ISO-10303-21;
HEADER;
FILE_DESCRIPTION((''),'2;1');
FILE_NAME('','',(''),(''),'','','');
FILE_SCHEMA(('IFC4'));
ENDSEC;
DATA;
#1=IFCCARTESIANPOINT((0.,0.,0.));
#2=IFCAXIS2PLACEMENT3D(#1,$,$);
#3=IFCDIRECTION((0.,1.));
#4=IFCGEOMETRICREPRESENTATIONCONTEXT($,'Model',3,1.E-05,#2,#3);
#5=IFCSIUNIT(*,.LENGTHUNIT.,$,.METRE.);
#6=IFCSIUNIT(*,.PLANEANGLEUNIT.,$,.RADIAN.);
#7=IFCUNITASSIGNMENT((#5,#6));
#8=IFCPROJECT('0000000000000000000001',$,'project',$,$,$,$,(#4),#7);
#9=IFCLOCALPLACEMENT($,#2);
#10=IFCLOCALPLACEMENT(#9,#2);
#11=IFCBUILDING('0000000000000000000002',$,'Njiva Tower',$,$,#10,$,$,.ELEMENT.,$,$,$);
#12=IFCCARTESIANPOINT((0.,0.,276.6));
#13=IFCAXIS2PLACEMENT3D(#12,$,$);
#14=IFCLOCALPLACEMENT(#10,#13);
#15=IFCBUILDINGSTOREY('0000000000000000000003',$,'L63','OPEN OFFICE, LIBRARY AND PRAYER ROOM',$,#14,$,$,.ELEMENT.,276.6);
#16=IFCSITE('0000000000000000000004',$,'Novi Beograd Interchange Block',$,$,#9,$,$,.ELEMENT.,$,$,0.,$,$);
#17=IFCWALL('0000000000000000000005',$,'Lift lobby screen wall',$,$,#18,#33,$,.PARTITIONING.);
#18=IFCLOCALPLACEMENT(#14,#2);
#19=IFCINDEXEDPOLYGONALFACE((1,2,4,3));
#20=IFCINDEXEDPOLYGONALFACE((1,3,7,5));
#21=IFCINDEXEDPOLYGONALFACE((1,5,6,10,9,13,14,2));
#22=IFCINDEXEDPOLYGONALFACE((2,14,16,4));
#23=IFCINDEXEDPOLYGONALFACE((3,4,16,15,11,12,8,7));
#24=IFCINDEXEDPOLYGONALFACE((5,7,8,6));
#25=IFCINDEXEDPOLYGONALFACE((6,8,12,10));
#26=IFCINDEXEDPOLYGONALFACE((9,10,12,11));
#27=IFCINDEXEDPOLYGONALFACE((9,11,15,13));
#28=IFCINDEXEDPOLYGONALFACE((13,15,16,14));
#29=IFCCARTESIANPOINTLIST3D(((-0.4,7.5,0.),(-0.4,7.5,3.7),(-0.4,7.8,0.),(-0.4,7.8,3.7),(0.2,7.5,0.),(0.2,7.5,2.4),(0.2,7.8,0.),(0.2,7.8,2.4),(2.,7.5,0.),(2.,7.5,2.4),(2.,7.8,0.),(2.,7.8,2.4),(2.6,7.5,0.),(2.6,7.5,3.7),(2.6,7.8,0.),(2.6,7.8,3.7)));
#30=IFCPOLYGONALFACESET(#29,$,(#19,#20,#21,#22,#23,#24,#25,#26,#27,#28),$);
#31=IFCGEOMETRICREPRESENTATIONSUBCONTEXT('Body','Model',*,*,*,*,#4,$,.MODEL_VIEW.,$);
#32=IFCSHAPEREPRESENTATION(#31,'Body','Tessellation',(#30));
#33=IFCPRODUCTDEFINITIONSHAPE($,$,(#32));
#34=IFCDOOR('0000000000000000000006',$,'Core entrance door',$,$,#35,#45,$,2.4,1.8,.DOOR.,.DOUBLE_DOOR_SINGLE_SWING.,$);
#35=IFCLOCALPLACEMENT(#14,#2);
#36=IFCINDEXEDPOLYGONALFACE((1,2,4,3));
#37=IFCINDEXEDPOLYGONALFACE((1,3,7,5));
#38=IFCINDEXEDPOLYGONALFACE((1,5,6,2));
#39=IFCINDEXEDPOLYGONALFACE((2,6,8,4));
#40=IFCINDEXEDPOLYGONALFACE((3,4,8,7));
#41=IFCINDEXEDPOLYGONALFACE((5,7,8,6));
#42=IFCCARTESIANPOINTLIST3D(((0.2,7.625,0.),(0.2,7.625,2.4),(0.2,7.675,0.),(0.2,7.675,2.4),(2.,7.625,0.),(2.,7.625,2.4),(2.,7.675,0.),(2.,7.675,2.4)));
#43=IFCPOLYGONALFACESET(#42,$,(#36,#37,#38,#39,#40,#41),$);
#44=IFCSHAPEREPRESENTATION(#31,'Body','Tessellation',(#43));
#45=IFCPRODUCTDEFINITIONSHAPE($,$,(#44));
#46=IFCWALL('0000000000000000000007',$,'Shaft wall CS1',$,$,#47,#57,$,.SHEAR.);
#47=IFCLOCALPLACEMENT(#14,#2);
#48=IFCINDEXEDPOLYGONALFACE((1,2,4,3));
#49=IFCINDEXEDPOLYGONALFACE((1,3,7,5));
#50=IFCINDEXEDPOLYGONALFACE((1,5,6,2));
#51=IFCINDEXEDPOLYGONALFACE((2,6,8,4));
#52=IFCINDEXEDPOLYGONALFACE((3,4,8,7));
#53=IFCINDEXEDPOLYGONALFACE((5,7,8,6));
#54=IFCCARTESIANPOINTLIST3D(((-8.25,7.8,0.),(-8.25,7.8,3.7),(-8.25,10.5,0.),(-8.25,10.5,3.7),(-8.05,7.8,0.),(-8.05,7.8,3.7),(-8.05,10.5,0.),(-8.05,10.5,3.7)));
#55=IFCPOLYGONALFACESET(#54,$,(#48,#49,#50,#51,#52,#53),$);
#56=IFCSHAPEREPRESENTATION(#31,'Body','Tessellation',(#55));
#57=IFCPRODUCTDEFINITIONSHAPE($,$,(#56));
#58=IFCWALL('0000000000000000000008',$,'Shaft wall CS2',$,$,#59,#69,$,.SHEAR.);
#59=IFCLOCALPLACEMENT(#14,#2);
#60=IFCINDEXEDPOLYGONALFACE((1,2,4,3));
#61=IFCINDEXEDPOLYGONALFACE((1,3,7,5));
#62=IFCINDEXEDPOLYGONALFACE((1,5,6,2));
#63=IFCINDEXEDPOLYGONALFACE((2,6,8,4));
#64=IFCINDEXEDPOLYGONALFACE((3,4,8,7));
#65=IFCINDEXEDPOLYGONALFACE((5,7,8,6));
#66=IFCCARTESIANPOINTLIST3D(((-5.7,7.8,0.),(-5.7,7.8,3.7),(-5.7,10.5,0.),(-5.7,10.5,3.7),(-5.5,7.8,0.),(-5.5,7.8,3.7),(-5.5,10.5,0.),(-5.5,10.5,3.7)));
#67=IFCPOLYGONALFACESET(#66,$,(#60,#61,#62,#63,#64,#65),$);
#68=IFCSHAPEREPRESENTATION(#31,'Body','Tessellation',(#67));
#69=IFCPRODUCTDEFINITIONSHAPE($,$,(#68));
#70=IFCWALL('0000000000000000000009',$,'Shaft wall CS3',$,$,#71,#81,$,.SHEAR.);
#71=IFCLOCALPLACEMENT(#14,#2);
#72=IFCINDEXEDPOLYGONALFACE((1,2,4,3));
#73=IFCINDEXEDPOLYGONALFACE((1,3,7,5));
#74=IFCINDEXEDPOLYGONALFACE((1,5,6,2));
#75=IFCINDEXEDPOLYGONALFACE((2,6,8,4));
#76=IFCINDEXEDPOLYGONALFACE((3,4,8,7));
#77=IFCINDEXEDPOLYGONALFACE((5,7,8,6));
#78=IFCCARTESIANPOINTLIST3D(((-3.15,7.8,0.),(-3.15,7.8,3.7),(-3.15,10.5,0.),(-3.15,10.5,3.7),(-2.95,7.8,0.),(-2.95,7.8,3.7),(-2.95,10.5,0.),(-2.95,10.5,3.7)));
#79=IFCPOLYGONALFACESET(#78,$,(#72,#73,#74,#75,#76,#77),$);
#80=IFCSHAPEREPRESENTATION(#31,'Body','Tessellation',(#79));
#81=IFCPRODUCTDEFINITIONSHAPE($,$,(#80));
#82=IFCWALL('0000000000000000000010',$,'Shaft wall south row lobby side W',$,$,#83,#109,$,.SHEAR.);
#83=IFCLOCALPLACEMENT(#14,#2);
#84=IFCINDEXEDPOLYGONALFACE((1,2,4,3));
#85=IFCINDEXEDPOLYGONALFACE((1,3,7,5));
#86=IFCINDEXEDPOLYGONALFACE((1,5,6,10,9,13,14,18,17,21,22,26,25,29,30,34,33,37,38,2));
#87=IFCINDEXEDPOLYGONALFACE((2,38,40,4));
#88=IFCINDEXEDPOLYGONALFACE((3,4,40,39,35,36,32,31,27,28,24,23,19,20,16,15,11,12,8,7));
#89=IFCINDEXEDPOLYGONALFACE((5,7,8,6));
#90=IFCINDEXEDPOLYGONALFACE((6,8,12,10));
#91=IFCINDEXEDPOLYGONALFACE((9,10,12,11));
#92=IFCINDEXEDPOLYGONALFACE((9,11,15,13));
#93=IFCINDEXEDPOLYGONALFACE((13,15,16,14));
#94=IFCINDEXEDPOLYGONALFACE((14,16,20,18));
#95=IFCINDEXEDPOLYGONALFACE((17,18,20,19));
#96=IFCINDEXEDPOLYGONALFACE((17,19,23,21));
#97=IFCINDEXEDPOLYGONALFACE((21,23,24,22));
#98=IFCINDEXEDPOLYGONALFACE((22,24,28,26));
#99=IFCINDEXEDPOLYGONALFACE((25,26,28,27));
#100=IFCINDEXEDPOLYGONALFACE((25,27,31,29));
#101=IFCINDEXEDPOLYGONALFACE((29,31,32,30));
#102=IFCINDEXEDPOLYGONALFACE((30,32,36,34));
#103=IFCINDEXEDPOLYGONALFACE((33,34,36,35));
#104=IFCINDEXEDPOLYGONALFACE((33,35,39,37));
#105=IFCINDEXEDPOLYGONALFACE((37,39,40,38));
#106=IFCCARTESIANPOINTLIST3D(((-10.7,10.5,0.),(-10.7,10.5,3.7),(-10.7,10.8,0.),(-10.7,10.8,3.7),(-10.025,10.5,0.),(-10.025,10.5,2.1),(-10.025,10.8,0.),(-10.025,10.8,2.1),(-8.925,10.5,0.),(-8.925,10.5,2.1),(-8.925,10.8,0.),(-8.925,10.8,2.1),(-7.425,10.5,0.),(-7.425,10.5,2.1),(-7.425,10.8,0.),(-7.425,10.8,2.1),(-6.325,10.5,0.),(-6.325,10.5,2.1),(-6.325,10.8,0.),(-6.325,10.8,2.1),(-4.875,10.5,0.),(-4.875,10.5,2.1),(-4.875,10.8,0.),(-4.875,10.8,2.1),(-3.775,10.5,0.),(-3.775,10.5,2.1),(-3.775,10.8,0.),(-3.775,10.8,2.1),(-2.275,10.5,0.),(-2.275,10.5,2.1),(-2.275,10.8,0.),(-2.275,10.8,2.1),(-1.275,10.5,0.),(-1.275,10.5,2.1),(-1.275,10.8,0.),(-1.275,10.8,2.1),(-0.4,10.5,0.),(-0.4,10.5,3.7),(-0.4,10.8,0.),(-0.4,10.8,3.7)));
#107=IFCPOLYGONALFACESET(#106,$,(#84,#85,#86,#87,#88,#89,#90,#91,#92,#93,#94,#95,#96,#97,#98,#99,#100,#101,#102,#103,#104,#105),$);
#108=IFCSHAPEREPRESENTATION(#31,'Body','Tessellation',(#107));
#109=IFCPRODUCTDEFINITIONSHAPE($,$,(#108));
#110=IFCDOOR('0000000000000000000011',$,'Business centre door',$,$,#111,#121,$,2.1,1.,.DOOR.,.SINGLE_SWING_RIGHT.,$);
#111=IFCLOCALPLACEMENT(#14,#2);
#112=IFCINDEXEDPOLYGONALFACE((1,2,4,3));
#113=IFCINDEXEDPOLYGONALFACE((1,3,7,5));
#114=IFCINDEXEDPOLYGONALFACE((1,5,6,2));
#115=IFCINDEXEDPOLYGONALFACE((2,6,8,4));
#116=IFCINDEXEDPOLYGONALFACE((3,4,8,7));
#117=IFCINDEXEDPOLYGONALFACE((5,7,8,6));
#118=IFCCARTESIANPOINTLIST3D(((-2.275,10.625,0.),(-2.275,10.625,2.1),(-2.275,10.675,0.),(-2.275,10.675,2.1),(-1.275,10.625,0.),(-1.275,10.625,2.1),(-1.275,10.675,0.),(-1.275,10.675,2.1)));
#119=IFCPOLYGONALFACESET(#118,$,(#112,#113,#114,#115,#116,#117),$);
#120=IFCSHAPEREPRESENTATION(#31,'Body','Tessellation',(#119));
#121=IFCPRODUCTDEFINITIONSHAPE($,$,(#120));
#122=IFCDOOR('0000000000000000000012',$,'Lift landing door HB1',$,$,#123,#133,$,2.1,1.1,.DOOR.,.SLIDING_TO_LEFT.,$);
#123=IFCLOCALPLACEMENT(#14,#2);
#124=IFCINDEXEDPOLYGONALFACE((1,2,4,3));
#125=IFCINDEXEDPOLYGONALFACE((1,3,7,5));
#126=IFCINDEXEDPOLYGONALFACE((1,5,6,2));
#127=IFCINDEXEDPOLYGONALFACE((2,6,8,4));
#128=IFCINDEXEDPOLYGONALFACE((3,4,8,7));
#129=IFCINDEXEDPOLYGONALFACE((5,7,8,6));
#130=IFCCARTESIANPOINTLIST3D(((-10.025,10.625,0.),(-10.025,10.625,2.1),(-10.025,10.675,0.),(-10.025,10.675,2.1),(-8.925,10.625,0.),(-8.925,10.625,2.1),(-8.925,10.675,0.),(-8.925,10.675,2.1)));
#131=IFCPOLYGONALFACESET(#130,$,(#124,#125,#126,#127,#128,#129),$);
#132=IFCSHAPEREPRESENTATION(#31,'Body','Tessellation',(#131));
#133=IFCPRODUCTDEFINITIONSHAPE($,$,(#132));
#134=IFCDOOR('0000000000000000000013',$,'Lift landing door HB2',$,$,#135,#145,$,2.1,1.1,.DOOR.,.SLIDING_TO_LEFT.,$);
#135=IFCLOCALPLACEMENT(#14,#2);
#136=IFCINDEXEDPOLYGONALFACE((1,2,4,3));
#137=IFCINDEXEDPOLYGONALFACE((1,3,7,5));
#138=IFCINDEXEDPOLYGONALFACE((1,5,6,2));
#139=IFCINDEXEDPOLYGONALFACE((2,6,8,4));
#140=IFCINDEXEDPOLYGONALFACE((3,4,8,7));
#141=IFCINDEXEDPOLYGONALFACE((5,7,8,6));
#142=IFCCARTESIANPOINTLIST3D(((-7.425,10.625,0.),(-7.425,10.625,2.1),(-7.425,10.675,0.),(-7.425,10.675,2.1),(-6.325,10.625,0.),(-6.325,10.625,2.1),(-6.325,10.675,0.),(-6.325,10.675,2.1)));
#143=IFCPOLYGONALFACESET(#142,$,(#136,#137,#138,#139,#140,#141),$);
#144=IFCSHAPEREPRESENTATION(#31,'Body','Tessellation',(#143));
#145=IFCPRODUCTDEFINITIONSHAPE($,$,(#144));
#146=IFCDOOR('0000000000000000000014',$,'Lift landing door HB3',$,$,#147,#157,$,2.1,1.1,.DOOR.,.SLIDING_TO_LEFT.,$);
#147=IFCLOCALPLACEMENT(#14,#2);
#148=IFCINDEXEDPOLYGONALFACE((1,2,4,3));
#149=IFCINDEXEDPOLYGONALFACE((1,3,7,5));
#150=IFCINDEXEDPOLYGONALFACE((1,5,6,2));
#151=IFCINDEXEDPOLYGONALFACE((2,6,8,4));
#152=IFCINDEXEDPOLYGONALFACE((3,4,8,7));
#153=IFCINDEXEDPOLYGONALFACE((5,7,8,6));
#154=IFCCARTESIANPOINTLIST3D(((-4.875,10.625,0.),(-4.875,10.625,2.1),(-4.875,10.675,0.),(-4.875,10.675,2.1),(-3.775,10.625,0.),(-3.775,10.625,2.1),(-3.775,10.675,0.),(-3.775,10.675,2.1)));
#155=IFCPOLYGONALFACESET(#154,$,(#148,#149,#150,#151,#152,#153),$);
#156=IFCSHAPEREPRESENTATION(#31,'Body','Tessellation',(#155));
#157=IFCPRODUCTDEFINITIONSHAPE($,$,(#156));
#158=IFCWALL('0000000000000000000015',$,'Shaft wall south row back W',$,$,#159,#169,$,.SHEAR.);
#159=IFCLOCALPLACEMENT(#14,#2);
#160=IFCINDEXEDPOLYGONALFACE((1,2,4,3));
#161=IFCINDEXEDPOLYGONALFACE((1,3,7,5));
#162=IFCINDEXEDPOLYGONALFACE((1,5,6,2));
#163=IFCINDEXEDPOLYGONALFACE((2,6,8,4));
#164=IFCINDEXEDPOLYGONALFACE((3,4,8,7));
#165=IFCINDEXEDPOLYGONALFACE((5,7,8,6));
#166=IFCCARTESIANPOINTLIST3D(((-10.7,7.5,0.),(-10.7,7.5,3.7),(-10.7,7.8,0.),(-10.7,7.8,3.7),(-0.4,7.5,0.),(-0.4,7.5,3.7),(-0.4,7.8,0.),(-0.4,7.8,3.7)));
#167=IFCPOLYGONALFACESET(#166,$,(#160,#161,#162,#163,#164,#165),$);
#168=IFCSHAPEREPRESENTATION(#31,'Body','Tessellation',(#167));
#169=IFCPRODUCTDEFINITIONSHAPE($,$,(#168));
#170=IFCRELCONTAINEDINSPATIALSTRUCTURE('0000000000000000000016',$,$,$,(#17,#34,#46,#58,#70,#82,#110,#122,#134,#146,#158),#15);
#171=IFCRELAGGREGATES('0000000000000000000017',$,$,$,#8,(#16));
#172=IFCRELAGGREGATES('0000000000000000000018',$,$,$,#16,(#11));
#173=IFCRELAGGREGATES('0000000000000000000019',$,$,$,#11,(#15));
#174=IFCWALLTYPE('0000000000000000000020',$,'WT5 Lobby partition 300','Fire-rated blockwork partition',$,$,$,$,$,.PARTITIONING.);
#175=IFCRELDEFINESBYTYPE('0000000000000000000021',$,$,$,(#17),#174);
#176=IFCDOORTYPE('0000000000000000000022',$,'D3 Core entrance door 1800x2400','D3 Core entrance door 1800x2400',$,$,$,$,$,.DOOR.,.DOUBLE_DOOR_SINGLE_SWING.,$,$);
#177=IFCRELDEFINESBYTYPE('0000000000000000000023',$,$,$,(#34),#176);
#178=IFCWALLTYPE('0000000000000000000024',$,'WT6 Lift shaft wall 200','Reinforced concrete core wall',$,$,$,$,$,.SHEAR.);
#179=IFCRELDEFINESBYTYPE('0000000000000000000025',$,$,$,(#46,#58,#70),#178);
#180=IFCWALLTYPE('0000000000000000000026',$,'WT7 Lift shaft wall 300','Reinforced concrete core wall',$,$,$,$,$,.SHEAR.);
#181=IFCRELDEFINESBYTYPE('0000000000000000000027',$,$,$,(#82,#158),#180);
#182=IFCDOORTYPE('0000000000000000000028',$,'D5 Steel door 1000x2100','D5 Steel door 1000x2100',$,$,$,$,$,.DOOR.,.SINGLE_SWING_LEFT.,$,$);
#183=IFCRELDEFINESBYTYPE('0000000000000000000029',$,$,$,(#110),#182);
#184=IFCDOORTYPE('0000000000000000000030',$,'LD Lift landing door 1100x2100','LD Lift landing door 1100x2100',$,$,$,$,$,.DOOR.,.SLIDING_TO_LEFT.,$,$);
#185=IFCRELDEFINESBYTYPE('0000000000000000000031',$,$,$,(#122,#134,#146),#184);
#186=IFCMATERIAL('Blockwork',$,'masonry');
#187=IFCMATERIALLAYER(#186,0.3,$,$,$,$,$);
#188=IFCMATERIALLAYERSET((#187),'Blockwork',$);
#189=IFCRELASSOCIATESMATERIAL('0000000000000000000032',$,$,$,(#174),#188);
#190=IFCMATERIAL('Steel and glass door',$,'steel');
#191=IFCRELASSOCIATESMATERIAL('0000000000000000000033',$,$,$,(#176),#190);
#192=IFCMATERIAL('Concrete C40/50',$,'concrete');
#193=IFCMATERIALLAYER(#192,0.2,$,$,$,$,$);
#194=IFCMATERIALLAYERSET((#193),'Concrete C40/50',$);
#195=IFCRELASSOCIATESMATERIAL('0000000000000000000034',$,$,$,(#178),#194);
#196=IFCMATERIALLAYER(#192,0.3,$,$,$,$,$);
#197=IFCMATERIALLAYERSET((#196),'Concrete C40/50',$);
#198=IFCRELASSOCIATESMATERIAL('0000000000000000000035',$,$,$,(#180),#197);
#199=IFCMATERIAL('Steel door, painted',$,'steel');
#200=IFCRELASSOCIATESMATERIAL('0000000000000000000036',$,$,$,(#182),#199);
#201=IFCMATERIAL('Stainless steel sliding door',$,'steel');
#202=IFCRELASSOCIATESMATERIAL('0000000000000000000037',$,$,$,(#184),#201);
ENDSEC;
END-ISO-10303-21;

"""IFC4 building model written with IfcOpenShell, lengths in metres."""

from ifc_helpers import new_model, si_unit, direction, frame, frame_2d, origin, place, context, subcontext, project, spatial, rectangle, extrude, material, layer, layer_set, type_object, element, fill, save


model = new_model("IFC4")

# Units and contexts
model_context = context("Model", 3, precision=1e-05, world=origin(), true_north=direction((0.0, 1.0)))
body_context = subcontext(model_context, "Body", "Model", "MODEL_VIEW")
ifc_project = project(units=[si_unit("LENGTHUNIT", "METRE"), si_unit("PLANEANGLEUNIT", "RADIAN")], contexts=[model_context])

# Site, building, storey
site_placement = place(None, origin())
site = spatial("IfcSite", under=ifc_project, at=site_placement, Name="Novi Beograd Interchange Block", CompositionType="ELEMENT", RefElevation=0.0)
building_placement = place(site_placement, origin())
building = spatial("IfcBuilding", under=site, at=building_placement, Name="Njiva Tower", CompositionType="ELEMENT")
storey_placement = place(building_placement, frame((0.0, 0.0, 276.6)))
storey = spatial("IfcBuildingStorey", under=building, at=storey_placement, Name="L63", Description="OPEN OFFICE, LIBRARY AND PRAYER ROOM", CompositionType="ELEMENT", Elevation=276.6)

# Shared definitions
ifc_material_1 = material(Name="Blockwork", Category="masonry")

# Shared definitions
ifc_material_2 = material(Name="Concrete C40/50", Category="concrete")
ifc_material_3 = material(Name="Steel door, painted", Category="steel")

# Wall, opening, door
ifc_layer_1 = layer(ifc_material_1, 0.3)
ifc_layer_set_1 = layer_set([ifc_layer_1], Name="Blockwork")
wall_type_1 = type_object("IfcWallType", Name="WT5 Lobby partition 300", Description="Fire-rated blockwork partition", PredefinedType="PARTITIONING", material=ifc_layer_set_1)
wall_1_placement = place(storey_placement, frame((-0.4, 7.65, 0.0), z_axis=(0.0, 0.0, 1.0), x_axis=(1.0, 0.0, 0.0)))
wall_1 = element("IfcWall", 1, at=wall_1_placement, inside=storey, type_object=wall_type_1, Name="Lift lobby screen wall", PredefinedType="PARTITIONING", context=body_context, shape_type="SweptSolid", body=[
    extrude(rectangle(XDim=3.0, YDim=0.3, at=frame_2d((1.5, 0.0))), origin(), (0.0, 0.0, 1.0), 3.7),
])
opening_1_placement = place(wall_1_placement, frame((0.6, 0.0, 0.0)))
opening_1 = element("IfcOpeningElement", 2, at=opening_1_placement, cuts=wall_1, PredefinedType="OPENING", context=body_context, shape_type="SweptSolid", body=[
    extrude(rectangle(XDim=1.8, YDim=2.4, at=frame_2d((0.9, 1.2))), frame((0.0, 0.16, 0.0), z_axis=(0.0, -1.0, 0.0), x_axis=(1.0, 0.0, 0.0)), (0.0, 0.0, 1.0), 0.32),
])
ifc_material_4 = material(Name="Steel and glass door", Category="steel")
door_type_1 = type_object("IfcDoorType", Name="D3 Core entrance door 1800x2400", Description="D3 Core entrance door 1800x2400", OperationType="DOUBLE_DOOR_SINGLE_SWING", PredefinedType="DOOR", material=ifc_material_4)
door_1_placement = place(opening_1_placement, origin())
door_1 = element("IfcDoor", 3, at=door_1_placement, inside=storey, type_object=door_type_1, Name="Core entrance door", OperationType="DOUBLE_DOOR_SINGLE_SWING", OverallHeight=2.4, OverallWidth=1.8, PredefinedType="DOOR", context=body_context, shape_type="SweptSolid", body=[
    extrude(rectangle(XDim=1.8, YDim=2.4, at=frame_2d((0.9, 1.2))), frame((0.0, 0.025, 0.0), z_axis=(0.0, -1.0, 0.0), x_axis=(1.0, 0.0, 0.0)), (0.0, 0.0, 1.0), 0.05),
])
fill(opening_1, door_1)

# Walls
ifc_layer_2 = layer(ifc_material_2, 0.2)
ifc_layer_set_2 = layer_set([ifc_layer_2], Name="Concrete C40/50")
wall_type_2 = type_object("IfcWallType", Name="WT6 Lift shaft wall 200", Description="Reinforced concrete core wall", PredefinedType="SHEAR", material=ifc_layer_set_2)
for number, where, z_axis, x_axis, name in (
    (4, (-8.15, 7.8, 0.0), (0.0, 0.0, 1.0), (0.0, 1.0, 0.0), "Shaft wall CS1"),
    (5, (-5.6, 7.8, 0.0), (0.0, 0.0, 1.0), (0.0, 1.0, 0.0), "Shaft wall CS2"),
    (6, (-3.05, 7.8, 0.0), (0.0, 0.0, 1.0), (0.0, 1.0, 0.0), "Shaft wall CS3"),
):
    element("IfcWall", number, at=place(storey_placement, frame(where, z_axis=z_axis, x_axis=x_axis)), inside=storey, type_object=wall_type_2, Name=name, PredefinedType="SHEAR", context=body_context, shape_type="SweptSolid", body=[
        extrude(rectangle(XDim=2.7, YDim=0.2, at=frame_2d((1.35, 0.0))), origin(), (0.0, 0.0, 1.0), 3.7),
    ])

# Wall, openings, doors
ifc_layer_3 = layer(ifc_material_2, 0.3)
ifc_layer_set_3 = layer_set([ifc_layer_3], Name="Concrete C40/50")
wall_type_3 = type_object("IfcWallType", Name="WT7 Lift shaft wall 300", Description="Reinforced concrete core wall", PredefinedType="SHEAR", material=ifc_layer_set_3)
wall_2_placement = place(storey_placement, frame((-10.7, 10.65, 0.0), z_axis=(0.0, 0.0, 1.0), x_axis=(1.0, 0.0, 0.0)))
wall_2 = element("IfcWall", 7, at=wall_2_placement, inside=storey, type_object=wall_type_3, Name="Shaft wall south row lobby side W", PredefinedType="SHEAR", context=body_context, shape_type="SweptSolid", body=[
    extrude(rectangle(XDim=10.3, YDim=0.3, at=frame_2d((5.15, 0.0))), origin(), (0.0, 0.0, 1.0), 3.7),
])
opening_2_placement = place(wall_2_placement, frame((0.675, 0.0, 0.0)))
opening_2 = element("IfcOpeningElement", 8, at=opening_2_placement, cuts=wall_2, PredefinedType="OPENING", context=body_context, shape_type="SweptSolid", body=[
    extrude(rectangle(XDim=1.1, YDim=2.1, at=frame_2d((0.55, 1.05))), frame((0.0, 0.16, 0.0), z_axis=(0.0, -1.0, 0.0), x_axis=(1.0, 0.0, 0.0)), (0.0, 0.0, 1.0), 0.32),
])
opening_3_placement = place(wall_2_placement, frame((3.275, 0.0, 0.0)))
opening_3 = element("IfcOpeningElement", 9, at=opening_3_placement, cuts=wall_2, PredefinedType="OPENING", context=body_context, shape_type="SweptSolid", body=[
    extrude(rectangle(XDim=1.1, YDim=2.1, at=frame_2d((0.55, 1.05))), frame((0.0, 0.16, 0.0), z_axis=(0.0, -1.0, 0.0), x_axis=(1.0, 0.0, 0.0)), (0.0, 0.0, 1.0), 0.32),
])
opening_4_placement = place(wall_2_placement, frame((5.825, 0.0, 0.0)))
opening_4 = element("IfcOpeningElement", 10, at=opening_4_placement, cuts=wall_2, PredefinedType="OPENING", context=body_context, shape_type="SweptSolid", body=[
    extrude(rectangle(XDim=1.1, YDim=2.1, at=frame_2d((0.55, 1.05))), frame((0.0, 0.16, 0.0), z_axis=(0.0, -1.0, 0.0), x_axis=(1.0, 0.0, 0.0)), (0.0, 0.0, 1.0), 0.32),
])
opening_5_placement = place(wall_2_placement, frame((8.425, 0.0, 0.0)))
opening_5 = element("IfcOpeningElement", 11, at=opening_5_placement, cuts=wall_2, PredefinedType="OPENING", context=body_context, shape_type="SweptSolid", body=[
    extrude(rectangle(XDim=1.0, YDim=2.1, at=frame_2d((0.5, 1.05))), frame((0.0, 0.16, 0.0), z_axis=(0.0, -1.0, 0.0), x_axis=(1.0, 0.0, 0.0)), (0.0, 0.0, 1.0), 0.32),
])
door_type_2 = type_object("IfcDoorType", Name="D5 Steel door 1000x2100", Description="D5 Steel door 1000x2100", OperationType="SINGLE_SWING_LEFT", PredefinedType="DOOR", material=ifc_material_3)
door_2_placement = place(opening_5_placement, origin())
door_2 = element("IfcDoor", 12, at=door_2_placement, inside=storey, type_object=door_type_2, Name="Business centre door", OperationType="SINGLE_SWING_RIGHT", OverallHeight=2.1, OverallWidth=1.0, PredefinedType="DOOR", context=body_context, shape_type="SweptSolid", body=[
    extrude(rectangle(XDim=1.0, YDim=2.1, at=frame_2d((0.5, 1.05))), frame((0.0, 0.025, 0.0), z_axis=(0.0, -1.0, 0.0), x_axis=(1.0, 0.0, 0.0)), (0.0, 0.0, 1.0), 0.05),
])
fill(opening_5, door_2)
ifc_material_5 = material(Name="Stainless steel sliding door", Category="steel")
door_type_3 = type_object("IfcDoorType", Name="LD Lift landing door 1100x2100", Description="LD Lift landing door 1100x2100", OperationType="SLIDING_TO_LEFT", PredefinedType="DOOR", material=ifc_material_5)
door_3_placement = place(opening_2_placement, origin())
door_3 = element("IfcDoor", 13, at=door_3_placement, inside=storey, type_object=door_type_3, Name="Lift landing door HB1", OperationType="SLIDING_TO_LEFT", OverallHeight=2.1, OverallWidth=1.1, PredefinedType="DOOR", context=body_context, shape_type="SweptSolid", body=[
    extrude(rectangle(XDim=1.1, YDim=2.1, at=frame_2d((0.55, 1.05))), frame((0.0, 0.025, 0.0), z_axis=(0.0, -1.0, 0.0), x_axis=(1.0, 0.0, 0.0)), (0.0, 0.0, 1.0), 0.05),
])
fill(opening_2, door_3)
door_4_placement = place(opening_3_placement, origin())
door_4 = element("IfcDoor", 14, at=door_4_placement, inside=storey, type_object=door_type_3, Name="Lift landing door HB2", OperationType="SLIDING_TO_LEFT", OverallHeight=2.1, OverallWidth=1.1, PredefinedType="DOOR", context=body_context, shape_type="SweptSolid", body=[
    extrude(rectangle(XDim=1.1, YDim=2.1, at=frame_2d((0.55, 1.05))), frame((0.0, 0.025, 0.0), z_axis=(0.0, -1.0, 0.0), x_axis=(1.0, 0.0, 0.0)), (0.0, 0.0, 1.0), 0.05),
])
fill(opening_3, door_4)
door_5_placement = place(opening_4_placement, origin())
door_5 = element("IfcDoor", 15, at=door_5_placement, inside=storey, type_object=door_type_3, Name="Lift landing door HB3", OperationType="SLIDING_TO_LEFT", OverallHeight=2.1, OverallWidth=1.1, PredefinedType="DOOR", context=body_context, shape_type="SweptSolid", body=[
    extrude(rectangle(XDim=1.1, YDim=2.1, at=frame_2d((0.55, 1.05))), frame((0.0, 0.025, 0.0), z_axis=(0.0, -1.0, 0.0), x_axis=(1.0, 0.0, 0.0)), (0.0, 0.0, 1.0), 0.05),
])
fill(opening_4, door_5)

# Wall
wall_3_placement = place(storey_placement, frame((-10.7, 7.65, 0.0), z_axis=(0.0, 0.0, 1.0), x_axis=(1.0, 0.0, 0.0)))
element("IfcWall", 16, at=wall_3_placement, inside=storey, type_object=wall_type_3, Name="Shaft wall south row back W", PredefinedType="SHEAR", context=body_context, shape_type="SweptSolid", body=[
    extrude(rectangle(XDim=10.3, YDim=0.3, at=frame_2d((5.15, 0.0))), origin(), (0.0, 0.0, 1.0), 3.7),
])

save(model, "model.ifc")
